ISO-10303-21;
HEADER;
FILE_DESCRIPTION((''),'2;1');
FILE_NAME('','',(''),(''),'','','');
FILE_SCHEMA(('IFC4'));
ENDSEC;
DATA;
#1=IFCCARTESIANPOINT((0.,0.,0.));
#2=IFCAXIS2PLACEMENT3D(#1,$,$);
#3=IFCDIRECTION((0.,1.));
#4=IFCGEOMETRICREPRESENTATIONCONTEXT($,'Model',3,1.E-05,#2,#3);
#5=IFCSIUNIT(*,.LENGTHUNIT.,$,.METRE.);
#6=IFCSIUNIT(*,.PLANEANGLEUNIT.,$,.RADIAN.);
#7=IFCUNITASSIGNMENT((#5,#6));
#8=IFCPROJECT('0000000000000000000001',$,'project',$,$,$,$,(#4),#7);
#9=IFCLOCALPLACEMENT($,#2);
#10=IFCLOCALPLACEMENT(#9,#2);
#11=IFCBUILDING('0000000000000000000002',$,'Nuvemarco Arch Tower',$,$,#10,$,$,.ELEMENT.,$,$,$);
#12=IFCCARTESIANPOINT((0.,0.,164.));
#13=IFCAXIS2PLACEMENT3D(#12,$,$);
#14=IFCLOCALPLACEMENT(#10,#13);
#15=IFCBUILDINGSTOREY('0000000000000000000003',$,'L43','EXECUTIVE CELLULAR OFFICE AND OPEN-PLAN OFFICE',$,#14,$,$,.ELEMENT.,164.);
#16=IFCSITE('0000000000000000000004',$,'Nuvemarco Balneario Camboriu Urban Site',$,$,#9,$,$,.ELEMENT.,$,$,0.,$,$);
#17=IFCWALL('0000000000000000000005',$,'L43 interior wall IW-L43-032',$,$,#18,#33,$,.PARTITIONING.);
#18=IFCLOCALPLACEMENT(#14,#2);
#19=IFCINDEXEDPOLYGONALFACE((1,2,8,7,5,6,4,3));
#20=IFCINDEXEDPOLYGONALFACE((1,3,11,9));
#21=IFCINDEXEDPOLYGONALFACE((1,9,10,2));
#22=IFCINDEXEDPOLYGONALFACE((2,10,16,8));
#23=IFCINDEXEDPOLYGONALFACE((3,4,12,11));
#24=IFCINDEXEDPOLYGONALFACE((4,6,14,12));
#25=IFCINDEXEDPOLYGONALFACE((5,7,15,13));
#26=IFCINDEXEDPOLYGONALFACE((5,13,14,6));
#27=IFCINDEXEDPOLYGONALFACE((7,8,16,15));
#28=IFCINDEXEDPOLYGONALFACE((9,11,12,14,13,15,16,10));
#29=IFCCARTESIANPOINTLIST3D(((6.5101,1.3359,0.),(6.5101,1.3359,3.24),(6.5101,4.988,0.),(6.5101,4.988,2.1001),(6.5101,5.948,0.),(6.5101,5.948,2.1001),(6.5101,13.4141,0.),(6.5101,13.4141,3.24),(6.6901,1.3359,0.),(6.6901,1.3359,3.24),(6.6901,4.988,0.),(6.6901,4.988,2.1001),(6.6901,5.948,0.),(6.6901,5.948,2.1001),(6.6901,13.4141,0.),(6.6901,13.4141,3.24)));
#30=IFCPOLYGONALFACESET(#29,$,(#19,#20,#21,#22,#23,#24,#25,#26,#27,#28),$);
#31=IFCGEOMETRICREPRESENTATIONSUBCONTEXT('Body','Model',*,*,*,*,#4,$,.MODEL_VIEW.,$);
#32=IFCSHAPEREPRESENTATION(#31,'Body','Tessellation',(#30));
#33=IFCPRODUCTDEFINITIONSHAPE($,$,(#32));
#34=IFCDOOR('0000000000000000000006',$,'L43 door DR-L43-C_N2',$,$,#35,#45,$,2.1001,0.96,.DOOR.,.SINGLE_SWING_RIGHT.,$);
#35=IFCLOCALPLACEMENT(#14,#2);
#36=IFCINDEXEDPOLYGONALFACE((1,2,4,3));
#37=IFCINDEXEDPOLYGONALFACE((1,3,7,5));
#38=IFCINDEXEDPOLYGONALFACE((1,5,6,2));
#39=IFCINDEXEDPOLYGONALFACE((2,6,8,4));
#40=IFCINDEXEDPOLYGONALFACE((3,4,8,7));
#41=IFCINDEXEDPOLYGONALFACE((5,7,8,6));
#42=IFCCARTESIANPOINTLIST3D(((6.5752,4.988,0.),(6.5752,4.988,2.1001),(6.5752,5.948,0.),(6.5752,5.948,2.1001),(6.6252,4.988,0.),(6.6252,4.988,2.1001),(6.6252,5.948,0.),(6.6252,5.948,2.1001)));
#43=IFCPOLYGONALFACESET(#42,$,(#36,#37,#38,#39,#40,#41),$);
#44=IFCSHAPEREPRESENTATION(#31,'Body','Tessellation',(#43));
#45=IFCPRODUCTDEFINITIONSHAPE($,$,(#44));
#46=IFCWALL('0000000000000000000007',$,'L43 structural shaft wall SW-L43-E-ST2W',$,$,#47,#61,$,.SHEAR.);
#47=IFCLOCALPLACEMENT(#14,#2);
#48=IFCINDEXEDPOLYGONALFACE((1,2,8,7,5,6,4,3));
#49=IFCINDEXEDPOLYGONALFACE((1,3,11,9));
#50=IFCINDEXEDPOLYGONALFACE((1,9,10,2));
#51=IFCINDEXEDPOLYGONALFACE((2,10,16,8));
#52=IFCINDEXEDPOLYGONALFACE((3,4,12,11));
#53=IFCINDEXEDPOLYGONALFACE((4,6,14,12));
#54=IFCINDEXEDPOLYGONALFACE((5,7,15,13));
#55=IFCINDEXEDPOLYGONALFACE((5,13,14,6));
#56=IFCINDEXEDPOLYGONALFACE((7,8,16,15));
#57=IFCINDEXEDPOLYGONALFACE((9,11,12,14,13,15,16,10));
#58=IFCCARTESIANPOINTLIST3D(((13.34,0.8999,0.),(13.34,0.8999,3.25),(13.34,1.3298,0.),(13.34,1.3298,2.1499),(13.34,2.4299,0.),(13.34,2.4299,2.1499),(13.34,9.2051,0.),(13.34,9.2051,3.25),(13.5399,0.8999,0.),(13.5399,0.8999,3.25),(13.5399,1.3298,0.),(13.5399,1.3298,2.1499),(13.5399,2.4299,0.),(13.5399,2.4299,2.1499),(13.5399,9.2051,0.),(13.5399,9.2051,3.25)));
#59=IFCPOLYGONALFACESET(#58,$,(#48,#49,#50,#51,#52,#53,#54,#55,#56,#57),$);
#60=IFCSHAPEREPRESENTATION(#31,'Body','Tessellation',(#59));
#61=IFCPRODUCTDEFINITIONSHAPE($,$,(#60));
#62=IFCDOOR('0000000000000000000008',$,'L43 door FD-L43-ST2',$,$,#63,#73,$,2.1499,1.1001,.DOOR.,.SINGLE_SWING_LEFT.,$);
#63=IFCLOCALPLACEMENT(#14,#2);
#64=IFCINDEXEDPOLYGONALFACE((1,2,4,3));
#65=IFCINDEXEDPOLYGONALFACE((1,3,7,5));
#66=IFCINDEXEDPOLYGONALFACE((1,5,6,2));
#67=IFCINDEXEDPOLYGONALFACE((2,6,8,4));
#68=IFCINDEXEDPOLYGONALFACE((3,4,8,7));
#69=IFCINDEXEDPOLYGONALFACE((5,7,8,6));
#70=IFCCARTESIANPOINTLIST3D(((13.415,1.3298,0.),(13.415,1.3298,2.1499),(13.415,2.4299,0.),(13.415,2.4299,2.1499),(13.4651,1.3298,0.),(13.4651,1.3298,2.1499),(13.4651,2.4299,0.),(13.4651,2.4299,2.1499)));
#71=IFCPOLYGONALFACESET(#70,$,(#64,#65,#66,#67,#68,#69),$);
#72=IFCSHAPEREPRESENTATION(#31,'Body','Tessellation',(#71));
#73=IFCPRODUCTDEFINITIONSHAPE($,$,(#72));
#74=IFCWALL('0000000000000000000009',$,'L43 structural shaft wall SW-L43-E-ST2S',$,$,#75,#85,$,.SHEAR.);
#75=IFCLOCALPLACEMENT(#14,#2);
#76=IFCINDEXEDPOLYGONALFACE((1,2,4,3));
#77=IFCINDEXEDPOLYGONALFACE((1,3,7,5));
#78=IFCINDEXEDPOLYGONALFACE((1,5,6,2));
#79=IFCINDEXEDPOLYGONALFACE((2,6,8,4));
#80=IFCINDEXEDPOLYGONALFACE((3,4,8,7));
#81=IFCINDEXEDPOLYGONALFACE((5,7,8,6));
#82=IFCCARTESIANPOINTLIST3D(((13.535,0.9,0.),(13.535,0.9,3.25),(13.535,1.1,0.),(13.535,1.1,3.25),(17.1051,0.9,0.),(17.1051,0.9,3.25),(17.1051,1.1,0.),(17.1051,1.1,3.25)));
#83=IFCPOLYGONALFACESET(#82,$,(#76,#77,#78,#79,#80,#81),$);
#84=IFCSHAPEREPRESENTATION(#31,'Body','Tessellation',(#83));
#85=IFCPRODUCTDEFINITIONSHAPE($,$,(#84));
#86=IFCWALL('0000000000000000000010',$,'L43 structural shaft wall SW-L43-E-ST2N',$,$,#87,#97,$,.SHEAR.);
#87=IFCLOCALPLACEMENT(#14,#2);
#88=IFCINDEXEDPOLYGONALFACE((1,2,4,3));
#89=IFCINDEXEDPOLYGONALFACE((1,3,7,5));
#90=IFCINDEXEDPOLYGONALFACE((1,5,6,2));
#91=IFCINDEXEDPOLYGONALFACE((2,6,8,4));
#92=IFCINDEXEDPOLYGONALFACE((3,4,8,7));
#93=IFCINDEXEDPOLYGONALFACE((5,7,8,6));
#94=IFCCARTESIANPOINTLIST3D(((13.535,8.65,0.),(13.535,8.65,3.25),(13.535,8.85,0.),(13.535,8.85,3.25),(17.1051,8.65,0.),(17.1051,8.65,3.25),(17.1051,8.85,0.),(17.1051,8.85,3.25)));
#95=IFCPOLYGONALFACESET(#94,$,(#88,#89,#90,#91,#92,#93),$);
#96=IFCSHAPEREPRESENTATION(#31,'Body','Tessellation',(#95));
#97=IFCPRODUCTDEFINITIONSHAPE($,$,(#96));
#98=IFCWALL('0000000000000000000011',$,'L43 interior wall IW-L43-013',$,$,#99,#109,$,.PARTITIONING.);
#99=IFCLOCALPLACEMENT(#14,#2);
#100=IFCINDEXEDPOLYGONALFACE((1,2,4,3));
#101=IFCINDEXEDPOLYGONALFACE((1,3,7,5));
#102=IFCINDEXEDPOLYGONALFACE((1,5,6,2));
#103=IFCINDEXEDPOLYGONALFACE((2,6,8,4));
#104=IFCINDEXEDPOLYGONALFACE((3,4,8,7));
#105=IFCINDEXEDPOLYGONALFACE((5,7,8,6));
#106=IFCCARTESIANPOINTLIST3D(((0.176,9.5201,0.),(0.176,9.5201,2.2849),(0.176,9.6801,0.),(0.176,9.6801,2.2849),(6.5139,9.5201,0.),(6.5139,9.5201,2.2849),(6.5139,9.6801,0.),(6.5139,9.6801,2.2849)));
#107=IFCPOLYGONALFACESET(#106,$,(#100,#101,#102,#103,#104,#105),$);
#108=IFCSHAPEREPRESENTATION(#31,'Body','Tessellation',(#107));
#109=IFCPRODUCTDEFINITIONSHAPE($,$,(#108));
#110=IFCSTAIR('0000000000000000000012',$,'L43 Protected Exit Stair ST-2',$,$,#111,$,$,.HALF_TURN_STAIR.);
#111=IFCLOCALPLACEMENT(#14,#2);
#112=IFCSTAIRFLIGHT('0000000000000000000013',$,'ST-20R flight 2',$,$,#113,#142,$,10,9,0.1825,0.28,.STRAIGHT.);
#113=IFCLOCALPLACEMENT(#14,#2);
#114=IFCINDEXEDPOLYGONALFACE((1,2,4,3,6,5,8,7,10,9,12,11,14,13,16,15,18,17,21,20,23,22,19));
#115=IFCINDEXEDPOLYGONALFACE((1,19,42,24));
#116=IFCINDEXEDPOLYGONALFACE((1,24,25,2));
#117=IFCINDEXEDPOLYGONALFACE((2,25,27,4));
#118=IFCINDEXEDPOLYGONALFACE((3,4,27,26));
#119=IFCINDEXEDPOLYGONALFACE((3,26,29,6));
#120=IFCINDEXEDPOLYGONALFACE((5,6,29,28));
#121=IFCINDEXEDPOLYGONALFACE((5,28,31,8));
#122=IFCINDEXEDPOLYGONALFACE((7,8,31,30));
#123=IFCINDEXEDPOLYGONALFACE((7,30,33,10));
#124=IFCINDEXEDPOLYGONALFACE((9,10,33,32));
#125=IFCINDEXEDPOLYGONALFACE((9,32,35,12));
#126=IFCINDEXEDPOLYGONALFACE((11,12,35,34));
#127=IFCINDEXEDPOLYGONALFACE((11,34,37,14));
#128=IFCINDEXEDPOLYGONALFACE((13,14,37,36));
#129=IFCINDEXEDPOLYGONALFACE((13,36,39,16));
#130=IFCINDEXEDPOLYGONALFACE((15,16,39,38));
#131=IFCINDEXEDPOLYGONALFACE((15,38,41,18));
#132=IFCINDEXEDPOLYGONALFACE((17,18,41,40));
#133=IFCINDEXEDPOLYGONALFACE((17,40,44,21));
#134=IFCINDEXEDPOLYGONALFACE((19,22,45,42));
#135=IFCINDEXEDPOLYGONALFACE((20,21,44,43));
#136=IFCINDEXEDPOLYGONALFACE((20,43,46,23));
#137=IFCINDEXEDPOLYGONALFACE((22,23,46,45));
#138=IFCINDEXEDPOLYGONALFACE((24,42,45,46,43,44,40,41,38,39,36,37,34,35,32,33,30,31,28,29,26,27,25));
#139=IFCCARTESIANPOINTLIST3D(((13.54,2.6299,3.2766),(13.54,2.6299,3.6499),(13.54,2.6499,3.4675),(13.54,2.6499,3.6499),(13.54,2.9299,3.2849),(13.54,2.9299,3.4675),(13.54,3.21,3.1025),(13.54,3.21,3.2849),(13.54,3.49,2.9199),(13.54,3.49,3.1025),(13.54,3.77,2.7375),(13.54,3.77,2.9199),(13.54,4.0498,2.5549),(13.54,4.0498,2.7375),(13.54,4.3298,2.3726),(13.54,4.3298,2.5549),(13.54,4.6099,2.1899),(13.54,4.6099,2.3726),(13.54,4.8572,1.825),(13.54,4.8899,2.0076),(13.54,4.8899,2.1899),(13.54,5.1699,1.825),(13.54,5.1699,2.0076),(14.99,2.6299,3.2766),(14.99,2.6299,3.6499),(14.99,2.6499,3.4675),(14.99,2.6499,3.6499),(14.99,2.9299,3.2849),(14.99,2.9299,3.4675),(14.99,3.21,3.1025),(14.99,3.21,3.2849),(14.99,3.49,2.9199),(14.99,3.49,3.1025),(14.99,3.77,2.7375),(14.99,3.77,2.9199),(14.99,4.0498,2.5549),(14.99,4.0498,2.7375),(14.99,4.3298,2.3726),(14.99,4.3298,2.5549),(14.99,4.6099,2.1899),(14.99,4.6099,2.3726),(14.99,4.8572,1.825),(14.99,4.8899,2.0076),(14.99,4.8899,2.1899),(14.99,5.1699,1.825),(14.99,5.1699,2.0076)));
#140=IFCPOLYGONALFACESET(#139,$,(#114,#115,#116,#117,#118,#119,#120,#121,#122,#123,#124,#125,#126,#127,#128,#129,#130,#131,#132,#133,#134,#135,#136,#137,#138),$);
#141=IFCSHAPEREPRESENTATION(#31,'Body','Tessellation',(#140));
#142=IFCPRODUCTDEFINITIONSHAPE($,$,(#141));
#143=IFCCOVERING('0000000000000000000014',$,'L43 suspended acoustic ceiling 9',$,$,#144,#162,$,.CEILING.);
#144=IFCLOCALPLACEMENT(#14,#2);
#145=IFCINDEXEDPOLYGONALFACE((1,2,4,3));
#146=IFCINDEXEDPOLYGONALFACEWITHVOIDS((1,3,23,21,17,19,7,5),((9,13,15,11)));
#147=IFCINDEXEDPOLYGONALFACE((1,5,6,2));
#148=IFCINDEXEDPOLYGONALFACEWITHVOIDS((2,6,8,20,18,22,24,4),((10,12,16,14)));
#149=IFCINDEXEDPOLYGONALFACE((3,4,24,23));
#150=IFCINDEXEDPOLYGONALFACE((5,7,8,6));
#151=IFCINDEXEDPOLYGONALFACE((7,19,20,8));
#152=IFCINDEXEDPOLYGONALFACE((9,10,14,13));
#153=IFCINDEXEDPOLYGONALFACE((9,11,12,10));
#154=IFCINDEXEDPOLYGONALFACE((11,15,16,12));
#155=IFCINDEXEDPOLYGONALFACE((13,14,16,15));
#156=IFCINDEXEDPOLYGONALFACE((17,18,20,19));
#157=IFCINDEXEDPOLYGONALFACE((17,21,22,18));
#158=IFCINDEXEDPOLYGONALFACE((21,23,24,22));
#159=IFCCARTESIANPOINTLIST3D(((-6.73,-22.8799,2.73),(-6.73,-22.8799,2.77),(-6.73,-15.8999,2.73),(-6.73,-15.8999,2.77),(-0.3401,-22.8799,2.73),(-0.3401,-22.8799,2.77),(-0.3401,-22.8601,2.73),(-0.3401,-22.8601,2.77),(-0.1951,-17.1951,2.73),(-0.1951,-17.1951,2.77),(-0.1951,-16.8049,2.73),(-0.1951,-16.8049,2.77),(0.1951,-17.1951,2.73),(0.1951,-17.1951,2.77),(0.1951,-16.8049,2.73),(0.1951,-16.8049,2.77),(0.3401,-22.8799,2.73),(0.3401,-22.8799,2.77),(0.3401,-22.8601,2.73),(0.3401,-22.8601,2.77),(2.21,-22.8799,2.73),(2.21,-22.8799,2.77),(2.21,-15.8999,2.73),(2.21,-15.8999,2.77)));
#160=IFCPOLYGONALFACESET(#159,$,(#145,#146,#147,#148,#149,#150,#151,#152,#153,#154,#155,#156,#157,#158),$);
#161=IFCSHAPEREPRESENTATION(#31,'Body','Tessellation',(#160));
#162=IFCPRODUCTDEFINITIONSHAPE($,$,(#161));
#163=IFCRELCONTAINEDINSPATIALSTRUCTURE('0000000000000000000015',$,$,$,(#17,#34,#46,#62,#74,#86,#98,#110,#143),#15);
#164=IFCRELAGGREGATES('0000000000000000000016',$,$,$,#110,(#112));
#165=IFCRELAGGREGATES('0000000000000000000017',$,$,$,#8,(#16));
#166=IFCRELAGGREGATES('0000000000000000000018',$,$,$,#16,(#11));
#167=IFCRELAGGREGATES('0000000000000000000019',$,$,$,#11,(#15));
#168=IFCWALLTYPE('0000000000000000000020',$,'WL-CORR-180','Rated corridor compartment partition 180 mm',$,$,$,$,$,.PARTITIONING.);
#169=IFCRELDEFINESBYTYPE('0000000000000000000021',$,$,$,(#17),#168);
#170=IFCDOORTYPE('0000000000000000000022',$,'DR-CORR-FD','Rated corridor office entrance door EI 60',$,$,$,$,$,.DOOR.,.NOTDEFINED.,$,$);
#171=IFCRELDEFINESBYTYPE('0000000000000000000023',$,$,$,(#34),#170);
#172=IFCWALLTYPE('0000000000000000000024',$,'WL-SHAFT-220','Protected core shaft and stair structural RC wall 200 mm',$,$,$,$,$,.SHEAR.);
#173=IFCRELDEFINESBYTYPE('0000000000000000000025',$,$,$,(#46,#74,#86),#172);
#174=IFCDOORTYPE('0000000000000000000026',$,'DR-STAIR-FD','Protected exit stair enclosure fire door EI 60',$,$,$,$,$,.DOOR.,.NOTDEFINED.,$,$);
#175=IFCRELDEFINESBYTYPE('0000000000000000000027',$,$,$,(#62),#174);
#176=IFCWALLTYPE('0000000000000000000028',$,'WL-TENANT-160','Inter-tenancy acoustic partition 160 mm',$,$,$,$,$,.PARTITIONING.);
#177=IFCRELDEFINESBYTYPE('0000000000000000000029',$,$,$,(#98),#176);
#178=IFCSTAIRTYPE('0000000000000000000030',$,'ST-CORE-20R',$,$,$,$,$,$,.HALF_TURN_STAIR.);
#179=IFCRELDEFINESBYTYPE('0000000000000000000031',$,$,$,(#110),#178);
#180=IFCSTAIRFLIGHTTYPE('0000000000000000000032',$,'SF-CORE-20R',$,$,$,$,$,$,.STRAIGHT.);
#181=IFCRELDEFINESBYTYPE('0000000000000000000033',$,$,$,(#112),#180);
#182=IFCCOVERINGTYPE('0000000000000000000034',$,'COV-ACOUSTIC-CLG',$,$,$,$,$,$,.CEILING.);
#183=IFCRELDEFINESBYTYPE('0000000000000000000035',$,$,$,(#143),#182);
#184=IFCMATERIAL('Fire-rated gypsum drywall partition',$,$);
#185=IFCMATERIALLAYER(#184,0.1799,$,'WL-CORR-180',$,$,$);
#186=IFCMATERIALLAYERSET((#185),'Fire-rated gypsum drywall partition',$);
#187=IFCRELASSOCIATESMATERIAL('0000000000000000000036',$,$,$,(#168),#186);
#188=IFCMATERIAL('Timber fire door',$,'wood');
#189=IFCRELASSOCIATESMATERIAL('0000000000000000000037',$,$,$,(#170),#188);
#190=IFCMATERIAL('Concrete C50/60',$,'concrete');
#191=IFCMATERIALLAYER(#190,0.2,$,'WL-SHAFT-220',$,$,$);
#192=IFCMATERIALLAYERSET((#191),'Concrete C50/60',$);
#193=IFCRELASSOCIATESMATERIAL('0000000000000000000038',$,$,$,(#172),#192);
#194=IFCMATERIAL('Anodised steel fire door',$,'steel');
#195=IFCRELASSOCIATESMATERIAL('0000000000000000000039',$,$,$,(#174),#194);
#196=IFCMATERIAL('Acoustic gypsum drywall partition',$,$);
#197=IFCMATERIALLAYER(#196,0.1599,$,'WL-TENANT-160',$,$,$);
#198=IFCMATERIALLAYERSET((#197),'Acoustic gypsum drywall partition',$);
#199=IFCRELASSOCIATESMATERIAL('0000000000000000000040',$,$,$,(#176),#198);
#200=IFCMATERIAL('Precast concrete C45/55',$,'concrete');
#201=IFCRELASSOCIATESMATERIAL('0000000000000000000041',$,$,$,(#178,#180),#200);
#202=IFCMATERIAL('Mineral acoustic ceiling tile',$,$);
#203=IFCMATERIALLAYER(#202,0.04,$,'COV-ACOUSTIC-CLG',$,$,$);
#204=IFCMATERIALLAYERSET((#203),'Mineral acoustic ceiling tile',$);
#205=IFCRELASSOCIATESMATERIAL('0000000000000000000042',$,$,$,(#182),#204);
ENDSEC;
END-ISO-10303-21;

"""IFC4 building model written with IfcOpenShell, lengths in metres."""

from ifc_helpers import new_model, si_unit, direction, frame, frame_2d, origin, place, context, subcontext, project, spatial, polyline, rectangle, outline, extrude, source, transform, mapped, material, layer, layer_set, type_object, type_shapes, element, fill, aggregate, save


model = new_model("IFC4")

# Units and contexts
model_context = context("Model", 3, precision=1e-05, world=origin(), true_north=direction((0.0, 1.0)))
body_context = subcontext(model_context, "Body", "Model", "MODEL_VIEW")
ifc_project = project(units=[si_unit("LENGTHUNIT", "METRE"), si_unit("PLANEANGLEUNIT", "RADIAN")], contexts=[model_context])

# Site, building, storey
site_placement = place(None, origin())
site = spatial("IfcSite", under=ifc_project, at=site_placement, Name="Nuvemarco Balneario Camboriu Urban Site", CompositionType="ELEMENT", RefElevation=0.0)
building_placement = place(site_placement, origin())
building = spatial("IfcBuilding", under=site, at=building_placement, Name="Nuvemarco Arch Tower", CompositionType="ELEMENT")
storey_placement = place(building_placement, frame((0.0, 0.0, 164.0)))
storey = spatial("IfcBuildingStorey", under=building, at=storey_placement, Name="L43", Description="EXECUTIVE CELLULAR OFFICE AND OPEN-PLAN OFFICE", CompositionType="ELEMENT", Elevation=164.0)

# Shared definitions
ifc_material_1 = material(Name="Concrete C50/60", Category="concrete")

# Walls, openings, doors
ifc_material_2 = material(Name="Fire-rated gypsum drywall partition")
ifc_layer_1 = layer(ifc_material_2, 0.1799, Name="WL-CORR-180")
ifc_layer_set_1 = layer_set([ifc_layer_1], Name="Fire-rated gypsum drywall partition")
wall_type_1 = type_object("IfcWallType", Name="WL-CORR-180", Description="Rated corridor compartment partition 180 mm", PredefinedType="PARTITIONING", material=ifc_layer_set_1)
ifc_material_3 = material(Name="Anodised steel fire door", Category="steel")
wall_1_placement = place(storey_placement, frame((6.6001, 1.3359, 0.0), z_axis=(0.0, 0.0, 1.0), x_axis=(0.0, 1.0, 0.0)))
wall_1 = element("IfcWall", 1, at=wall_1_placement, inside=storey, type_object=wall_type_1, Name="L43 interior wall IW-L43-032", PredefinedType="PARTITIONING", context=body_context, shape_type="SweptSolid", body=[
    extrude(rectangle(XDim=12.0781, YDim=0.1799, at=frame_2d((6.0391, 0.0))), origin(), (0.0, 0.0, 1.0), 3.24),
])
opening_1_placement = place(wall_1_placement, frame((3.6521, 0.0, 0.0)))
opening_1 = element("IfcOpeningElement", 2, at=opening_1_placement, cuts=wall_1, PredefinedType="OPENING", context=body_context, shape_type="SweptSolid", body=[
    extrude(rectangle(XDim=0.96, YDim=2.1001, at=frame_2d((0.48, 1.05))), frame((0.0, 0.0999, 0.0), z_axis=(0.0, -1.0, 0.0), x_axis=(1.0, 0.0, 0.0)), (0.0, 0.0, 1.0), 0.2),
])
ifc_material_4 = material(Name="Timber fire door", Category="wood")
door_type_1 = type_object("IfcDoorType", Name="DR-CORR-FD", Description="Rated corridor office entrance door EI 60", OperationType="NOTDEFINED", PredefinedType="DOOR", material=ifc_material_4)
shared_shape_1 = source(origin(), body_context, "Body", "SweptSolid", [
    extrude(rectangle(XDim=0.96, YDim=2.1001, at=frame_2d((0.48, 1.05))), frame((0.0, 0.0249, 0.0), z_axis=(0.0, -1.0, 0.0), x_axis=(1.0, 0.0, 0.0)), (0.0, 0.0, 1.0), 0.05),
])
type_shapes(door_type_1, [shared_shape_1])
door_1_placement = place(opening_1_placement, origin())
door_1 = element("IfcDoor", 3, at=door_1_placement, inside=storey, type_object=door_type_1, Name="L43 door DR-L43-C_N2", OperationType="SINGLE_SWING_RIGHT", OverallHeight=2.1001, OverallWidth=0.96, PredefinedType="DOOR", context=body_context, shape_type="MappedRepresentation", body=[
    mapped(shared_shape_1, transform((0.0, 0.0, 0.0), scale=1.0)),
])
fill(opening_1, door_1)
ifc_layer_2 = layer(ifc_material_1, 0.2, Name="WL-SHAFT-220")
ifc_layer_set_2 = layer_set([ifc_layer_2], Name="Concrete C50/60")
wall_type_2 = type_object("IfcWallType", Name="WL-SHAFT-220", Description="Protected core shaft and stair structural RC wall 200 mm", PredefinedType="SHEAR", material=ifc_layer_set_2)
wall_2_placement = place(storey_placement, frame((13.4399, 0.8999, 0.0), z_axis=(0.0, 0.0, 1.0), x_axis=(0.0, 1.0, 0.0)))
wall_2 = element("IfcWall", 4, at=wall_2_placement, inside=storey, type_object=wall_type_2, Name="L43 structural shaft wall SW-L43-E-ST2W", PredefinedType="SHEAR", context=body_context, shape_type="SweptSolid", body=[
    extrude(rectangle(XDim=8.3052, YDim=0.2, at=frame_2d((4.1526, 0.0))), origin(), (0.0, 0.0, 1.0), 3.25),
])
opening_2_placement = place(wall_2_placement, frame((0.4299, 0.0, 0.0)))
opening_2 = element("IfcOpeningElement", 5, at=opening_2_placement, cuts=wall_2, PredefinedType="OPENING", context=body_context, shape_type="SweptSolid", body=[
    extrude(rectangle(XDim=1.1001, YDim=2.1499, at=frame_2d((0.55, 1.075))), frame((0.0, 0.1099, 0.0), z_axis=(0.0, -1.0, 0.0), x_axis=(1.0, 0.0, 0.0)), (0.0, 0.0, 1.0), 0.22),
])
door_type_2 = type_object("IfcDoorType", Name="DR-STAIR-FD", Description="Protected exit stair enclosure fire door EI 60", OperationType="NOTDEFINED", PredefinedType="DOOR", material=ifc_material_3)
shared_shape_2 = source(origin(), body_context, "Body", "SweptSolid", [
    extrude(rectangle(XDim=1.1001, YDim=2.1499, at=frame_2d((0.55, 1.075))), frame((0.0, 0.0249, 0.0), z_axis=(0.0, -1.0, 0.0), x_axis=(1.0, 0.0, 0.0)), (0.0, 0.0, 1.0), 0.05),
])
type_shapes(door_type_2, [shared_shape_2])
door_2_placement = place(opening_2_placement, origin())
door_2 = element("IfcDoor", 6, at=door_2_placement, inside=storey, type_object=door_type_2, Name="L43 door FD-L43-ST2", OperationType="SINGLE_SWING_LEFT", OverallHeight=2.1499, OverallWidth=1.1001, PredefinedType="DOOR", context=body_context, shape_type="MappedRepresentation", body=[
    mapped(shared_shape_2, transform((0.0, 0.0, 0.0), scale=1.0)),
])
fill(opening_2, door_2)

# Walls
for number, where, z_axis, x_axis, name in (
    (7, (13.5349, 1.0, 0.0), (0.0, 0.0, 1.0), (1.0, 0.0, 0.0), "L43 structural shaft wall SW-L43-E-ST2S"),
    (8, (13.5349, 8.75, 0.0), (0.0, 0.0, 1.0), (1.0, 0.0, 0.0), "L43 structural shaft wall SW-L43-E-ST2N"),
):
    element("IfcWall", number, at=place(storey_placement, frame(where, z_axis=z_axis, x_axis=x_axis)), inside=storey, type_object=wall_type_2, Name=name, PredefinedType="SHEAR", context=body_context, shape_type="SweptSolid", body=[
        extrude(rectangle(XDim=3.5701, YDim=0.2, at=frame_2d((1.7852, 0.0))), origin(), (0.0, 0.0, 1.0), 3.25),
    ])
ifc_material_5 = material(Name="Acoustic gypsum drywall partition")
ifc_layer_3 = layer(ifc_material_5, 0.1599, Name="WL-TENANT-160")
ifc_layer_set_3 = layer_set([ifc_layer_3], Name="Acoustic gypsum drywall partition")
wall_type_3 = type_object("IfcWallType", Name="WL-TENANT-160", Description="Inter-tenancy acoustic partition 160 mm", PredefinedType="PARTITIONING", material=ifc_layer_set_3)
wall_3_placement = place(storey_placement, frame((0.176, 9.6001, 0.0), z_axis=(0.0, 0.0, 1.0), x_axis=(1.0, 0.0, 0.0)))
element("IfcWall", 9, at=wall_3_placement, inside=storey, type_object=wall_type_3, Name="L43 interior wall IW-L43-013", PredefinedType="PARTITIONING", context=body_context, shape_type="SweptSolid", body=[
    extrude(rectangle(XDim=6.3379, YDim=0.1599, at=frame_2d((3.1689, 0.0))), origin(), (0.0, 0.0, 1.0), 2.2849),
])

# Stair, stair flight
ifc_material_6 = material(Name="Precast concrete C45/55", Category="concrete")
stair_type = type_object("IfcStairType", Name="ST-CORE-20R", PredefinedType="HALF_TURN_STAIR", material=ifc_material_6)
stair_placement = place(storey_placement, origin())
stair = element("IfcStair", 10, at=stair_placement, inside=storey, type_object=stair_type, Name="L43 Protected Exit Stair ST-2", PredefinedType="HALF_TURN_STAIR")
stair_flight_type = type_object("IfcStairFlightType", Name="SF-CORE-20R", PredefinedType="STRAIGHT", material=ifc_material_6)
stair_flight_placement = place(storey_placement, frame((14.2649, 5.1699, 1.825), z_axis=(0.0, 0.0, 1.0), x_axis=(0.0, -1.0, 0.0)))
stair_flight = element("IfcStairFlight", 11, at=stair_flight_placement, type_object=stair_flight_type, Name="ST-20R flight 2", NumberOfRisers=10, NumberOfTreads=9, PredefinedType="STRAIGHT", RiserHeight=0.1825, TreadLength=0.28, context=body_context, shape_type="SweptSolid", body=[
    extrude(outline(polyline([(0.0, 0.0), (0.0, 0.1826), (0.28, 0.1826), (0.28, 0.365), (0.5601, 0.365), (0.5601, 0.5476), (0.8401, 0.5476), (0.8401, 0.73), (1.1201, 0.73), (1.1201, 0.9126), (1.3999, 0.9126), (1.3999, 1.095), (1.6799, 1.095), (1.6799, 1.2776), (1.96, 1.2776), (1.96, 1.46), (2.24, 1.46), (2.24, 1.6426), (2.52, 1.6426), (2.52, 1.825), (2.54, 1.825), (2.54, 1.4517), (0.3127, 0.0), (0.0, 0.0)])), frame((0.0, 0.7251, 0.0), z_axis=(0.0, -1.0, 0.0), x_axis=(1.0, 0.0, 0.0)), (0.0, 0.0, 1.0), 1.45),
])
aggregate(stair, [stair_flight])

# Covering
ifc_material_7 = material(Name="Mineral acoustic ceiling tile")
ifc_layer_4 = layer(ifc_material_7, 0.04, Name="COV-ACOUSTIC-CLG")
ifc_layer_set_4 = layer_set([ifc_layer_4], Name="Mineral acoustic ceiling tile")
covering_type_1 = type_object("IfcCoveringType", Name="COV-ACOUSTIC-CLG", PredefinedType="CEILING", material=ifc_layer_set_4)
covering_1_placement = place(storey_placement, frame((0.0, 0.0, 2.73)))
element("IfcCovering", 12, at=covering_1_placement, inside=storey, type_object=covering_type_1, Name="L43 suspended acoustic ceiling 9", PredefinedType="CEILING", context=body_context, shape_type="SweptSolid", body=[
    extrude(outline(polyline([(0.3401, -22.8799), (0.3401, -22.8601), (-0.3401, -22.8601), (-0.3401, -22.8799), (-6.73, -22.8799), (-6.73, -15.8999), (2.21, -15.8999), (2.21, -22.8799), (0.3401, -22.8799)]), holes=[polyline([(0.1951, -17.1951), (0.1951, -16.8049), (-0.1951, -16.8049), (-0.1951, -17.1951), (0.1951, -17.1951)])]), origin(), (0.0, 0.0, 1.0), 0.04),
])

save(model, "model.ifc")
